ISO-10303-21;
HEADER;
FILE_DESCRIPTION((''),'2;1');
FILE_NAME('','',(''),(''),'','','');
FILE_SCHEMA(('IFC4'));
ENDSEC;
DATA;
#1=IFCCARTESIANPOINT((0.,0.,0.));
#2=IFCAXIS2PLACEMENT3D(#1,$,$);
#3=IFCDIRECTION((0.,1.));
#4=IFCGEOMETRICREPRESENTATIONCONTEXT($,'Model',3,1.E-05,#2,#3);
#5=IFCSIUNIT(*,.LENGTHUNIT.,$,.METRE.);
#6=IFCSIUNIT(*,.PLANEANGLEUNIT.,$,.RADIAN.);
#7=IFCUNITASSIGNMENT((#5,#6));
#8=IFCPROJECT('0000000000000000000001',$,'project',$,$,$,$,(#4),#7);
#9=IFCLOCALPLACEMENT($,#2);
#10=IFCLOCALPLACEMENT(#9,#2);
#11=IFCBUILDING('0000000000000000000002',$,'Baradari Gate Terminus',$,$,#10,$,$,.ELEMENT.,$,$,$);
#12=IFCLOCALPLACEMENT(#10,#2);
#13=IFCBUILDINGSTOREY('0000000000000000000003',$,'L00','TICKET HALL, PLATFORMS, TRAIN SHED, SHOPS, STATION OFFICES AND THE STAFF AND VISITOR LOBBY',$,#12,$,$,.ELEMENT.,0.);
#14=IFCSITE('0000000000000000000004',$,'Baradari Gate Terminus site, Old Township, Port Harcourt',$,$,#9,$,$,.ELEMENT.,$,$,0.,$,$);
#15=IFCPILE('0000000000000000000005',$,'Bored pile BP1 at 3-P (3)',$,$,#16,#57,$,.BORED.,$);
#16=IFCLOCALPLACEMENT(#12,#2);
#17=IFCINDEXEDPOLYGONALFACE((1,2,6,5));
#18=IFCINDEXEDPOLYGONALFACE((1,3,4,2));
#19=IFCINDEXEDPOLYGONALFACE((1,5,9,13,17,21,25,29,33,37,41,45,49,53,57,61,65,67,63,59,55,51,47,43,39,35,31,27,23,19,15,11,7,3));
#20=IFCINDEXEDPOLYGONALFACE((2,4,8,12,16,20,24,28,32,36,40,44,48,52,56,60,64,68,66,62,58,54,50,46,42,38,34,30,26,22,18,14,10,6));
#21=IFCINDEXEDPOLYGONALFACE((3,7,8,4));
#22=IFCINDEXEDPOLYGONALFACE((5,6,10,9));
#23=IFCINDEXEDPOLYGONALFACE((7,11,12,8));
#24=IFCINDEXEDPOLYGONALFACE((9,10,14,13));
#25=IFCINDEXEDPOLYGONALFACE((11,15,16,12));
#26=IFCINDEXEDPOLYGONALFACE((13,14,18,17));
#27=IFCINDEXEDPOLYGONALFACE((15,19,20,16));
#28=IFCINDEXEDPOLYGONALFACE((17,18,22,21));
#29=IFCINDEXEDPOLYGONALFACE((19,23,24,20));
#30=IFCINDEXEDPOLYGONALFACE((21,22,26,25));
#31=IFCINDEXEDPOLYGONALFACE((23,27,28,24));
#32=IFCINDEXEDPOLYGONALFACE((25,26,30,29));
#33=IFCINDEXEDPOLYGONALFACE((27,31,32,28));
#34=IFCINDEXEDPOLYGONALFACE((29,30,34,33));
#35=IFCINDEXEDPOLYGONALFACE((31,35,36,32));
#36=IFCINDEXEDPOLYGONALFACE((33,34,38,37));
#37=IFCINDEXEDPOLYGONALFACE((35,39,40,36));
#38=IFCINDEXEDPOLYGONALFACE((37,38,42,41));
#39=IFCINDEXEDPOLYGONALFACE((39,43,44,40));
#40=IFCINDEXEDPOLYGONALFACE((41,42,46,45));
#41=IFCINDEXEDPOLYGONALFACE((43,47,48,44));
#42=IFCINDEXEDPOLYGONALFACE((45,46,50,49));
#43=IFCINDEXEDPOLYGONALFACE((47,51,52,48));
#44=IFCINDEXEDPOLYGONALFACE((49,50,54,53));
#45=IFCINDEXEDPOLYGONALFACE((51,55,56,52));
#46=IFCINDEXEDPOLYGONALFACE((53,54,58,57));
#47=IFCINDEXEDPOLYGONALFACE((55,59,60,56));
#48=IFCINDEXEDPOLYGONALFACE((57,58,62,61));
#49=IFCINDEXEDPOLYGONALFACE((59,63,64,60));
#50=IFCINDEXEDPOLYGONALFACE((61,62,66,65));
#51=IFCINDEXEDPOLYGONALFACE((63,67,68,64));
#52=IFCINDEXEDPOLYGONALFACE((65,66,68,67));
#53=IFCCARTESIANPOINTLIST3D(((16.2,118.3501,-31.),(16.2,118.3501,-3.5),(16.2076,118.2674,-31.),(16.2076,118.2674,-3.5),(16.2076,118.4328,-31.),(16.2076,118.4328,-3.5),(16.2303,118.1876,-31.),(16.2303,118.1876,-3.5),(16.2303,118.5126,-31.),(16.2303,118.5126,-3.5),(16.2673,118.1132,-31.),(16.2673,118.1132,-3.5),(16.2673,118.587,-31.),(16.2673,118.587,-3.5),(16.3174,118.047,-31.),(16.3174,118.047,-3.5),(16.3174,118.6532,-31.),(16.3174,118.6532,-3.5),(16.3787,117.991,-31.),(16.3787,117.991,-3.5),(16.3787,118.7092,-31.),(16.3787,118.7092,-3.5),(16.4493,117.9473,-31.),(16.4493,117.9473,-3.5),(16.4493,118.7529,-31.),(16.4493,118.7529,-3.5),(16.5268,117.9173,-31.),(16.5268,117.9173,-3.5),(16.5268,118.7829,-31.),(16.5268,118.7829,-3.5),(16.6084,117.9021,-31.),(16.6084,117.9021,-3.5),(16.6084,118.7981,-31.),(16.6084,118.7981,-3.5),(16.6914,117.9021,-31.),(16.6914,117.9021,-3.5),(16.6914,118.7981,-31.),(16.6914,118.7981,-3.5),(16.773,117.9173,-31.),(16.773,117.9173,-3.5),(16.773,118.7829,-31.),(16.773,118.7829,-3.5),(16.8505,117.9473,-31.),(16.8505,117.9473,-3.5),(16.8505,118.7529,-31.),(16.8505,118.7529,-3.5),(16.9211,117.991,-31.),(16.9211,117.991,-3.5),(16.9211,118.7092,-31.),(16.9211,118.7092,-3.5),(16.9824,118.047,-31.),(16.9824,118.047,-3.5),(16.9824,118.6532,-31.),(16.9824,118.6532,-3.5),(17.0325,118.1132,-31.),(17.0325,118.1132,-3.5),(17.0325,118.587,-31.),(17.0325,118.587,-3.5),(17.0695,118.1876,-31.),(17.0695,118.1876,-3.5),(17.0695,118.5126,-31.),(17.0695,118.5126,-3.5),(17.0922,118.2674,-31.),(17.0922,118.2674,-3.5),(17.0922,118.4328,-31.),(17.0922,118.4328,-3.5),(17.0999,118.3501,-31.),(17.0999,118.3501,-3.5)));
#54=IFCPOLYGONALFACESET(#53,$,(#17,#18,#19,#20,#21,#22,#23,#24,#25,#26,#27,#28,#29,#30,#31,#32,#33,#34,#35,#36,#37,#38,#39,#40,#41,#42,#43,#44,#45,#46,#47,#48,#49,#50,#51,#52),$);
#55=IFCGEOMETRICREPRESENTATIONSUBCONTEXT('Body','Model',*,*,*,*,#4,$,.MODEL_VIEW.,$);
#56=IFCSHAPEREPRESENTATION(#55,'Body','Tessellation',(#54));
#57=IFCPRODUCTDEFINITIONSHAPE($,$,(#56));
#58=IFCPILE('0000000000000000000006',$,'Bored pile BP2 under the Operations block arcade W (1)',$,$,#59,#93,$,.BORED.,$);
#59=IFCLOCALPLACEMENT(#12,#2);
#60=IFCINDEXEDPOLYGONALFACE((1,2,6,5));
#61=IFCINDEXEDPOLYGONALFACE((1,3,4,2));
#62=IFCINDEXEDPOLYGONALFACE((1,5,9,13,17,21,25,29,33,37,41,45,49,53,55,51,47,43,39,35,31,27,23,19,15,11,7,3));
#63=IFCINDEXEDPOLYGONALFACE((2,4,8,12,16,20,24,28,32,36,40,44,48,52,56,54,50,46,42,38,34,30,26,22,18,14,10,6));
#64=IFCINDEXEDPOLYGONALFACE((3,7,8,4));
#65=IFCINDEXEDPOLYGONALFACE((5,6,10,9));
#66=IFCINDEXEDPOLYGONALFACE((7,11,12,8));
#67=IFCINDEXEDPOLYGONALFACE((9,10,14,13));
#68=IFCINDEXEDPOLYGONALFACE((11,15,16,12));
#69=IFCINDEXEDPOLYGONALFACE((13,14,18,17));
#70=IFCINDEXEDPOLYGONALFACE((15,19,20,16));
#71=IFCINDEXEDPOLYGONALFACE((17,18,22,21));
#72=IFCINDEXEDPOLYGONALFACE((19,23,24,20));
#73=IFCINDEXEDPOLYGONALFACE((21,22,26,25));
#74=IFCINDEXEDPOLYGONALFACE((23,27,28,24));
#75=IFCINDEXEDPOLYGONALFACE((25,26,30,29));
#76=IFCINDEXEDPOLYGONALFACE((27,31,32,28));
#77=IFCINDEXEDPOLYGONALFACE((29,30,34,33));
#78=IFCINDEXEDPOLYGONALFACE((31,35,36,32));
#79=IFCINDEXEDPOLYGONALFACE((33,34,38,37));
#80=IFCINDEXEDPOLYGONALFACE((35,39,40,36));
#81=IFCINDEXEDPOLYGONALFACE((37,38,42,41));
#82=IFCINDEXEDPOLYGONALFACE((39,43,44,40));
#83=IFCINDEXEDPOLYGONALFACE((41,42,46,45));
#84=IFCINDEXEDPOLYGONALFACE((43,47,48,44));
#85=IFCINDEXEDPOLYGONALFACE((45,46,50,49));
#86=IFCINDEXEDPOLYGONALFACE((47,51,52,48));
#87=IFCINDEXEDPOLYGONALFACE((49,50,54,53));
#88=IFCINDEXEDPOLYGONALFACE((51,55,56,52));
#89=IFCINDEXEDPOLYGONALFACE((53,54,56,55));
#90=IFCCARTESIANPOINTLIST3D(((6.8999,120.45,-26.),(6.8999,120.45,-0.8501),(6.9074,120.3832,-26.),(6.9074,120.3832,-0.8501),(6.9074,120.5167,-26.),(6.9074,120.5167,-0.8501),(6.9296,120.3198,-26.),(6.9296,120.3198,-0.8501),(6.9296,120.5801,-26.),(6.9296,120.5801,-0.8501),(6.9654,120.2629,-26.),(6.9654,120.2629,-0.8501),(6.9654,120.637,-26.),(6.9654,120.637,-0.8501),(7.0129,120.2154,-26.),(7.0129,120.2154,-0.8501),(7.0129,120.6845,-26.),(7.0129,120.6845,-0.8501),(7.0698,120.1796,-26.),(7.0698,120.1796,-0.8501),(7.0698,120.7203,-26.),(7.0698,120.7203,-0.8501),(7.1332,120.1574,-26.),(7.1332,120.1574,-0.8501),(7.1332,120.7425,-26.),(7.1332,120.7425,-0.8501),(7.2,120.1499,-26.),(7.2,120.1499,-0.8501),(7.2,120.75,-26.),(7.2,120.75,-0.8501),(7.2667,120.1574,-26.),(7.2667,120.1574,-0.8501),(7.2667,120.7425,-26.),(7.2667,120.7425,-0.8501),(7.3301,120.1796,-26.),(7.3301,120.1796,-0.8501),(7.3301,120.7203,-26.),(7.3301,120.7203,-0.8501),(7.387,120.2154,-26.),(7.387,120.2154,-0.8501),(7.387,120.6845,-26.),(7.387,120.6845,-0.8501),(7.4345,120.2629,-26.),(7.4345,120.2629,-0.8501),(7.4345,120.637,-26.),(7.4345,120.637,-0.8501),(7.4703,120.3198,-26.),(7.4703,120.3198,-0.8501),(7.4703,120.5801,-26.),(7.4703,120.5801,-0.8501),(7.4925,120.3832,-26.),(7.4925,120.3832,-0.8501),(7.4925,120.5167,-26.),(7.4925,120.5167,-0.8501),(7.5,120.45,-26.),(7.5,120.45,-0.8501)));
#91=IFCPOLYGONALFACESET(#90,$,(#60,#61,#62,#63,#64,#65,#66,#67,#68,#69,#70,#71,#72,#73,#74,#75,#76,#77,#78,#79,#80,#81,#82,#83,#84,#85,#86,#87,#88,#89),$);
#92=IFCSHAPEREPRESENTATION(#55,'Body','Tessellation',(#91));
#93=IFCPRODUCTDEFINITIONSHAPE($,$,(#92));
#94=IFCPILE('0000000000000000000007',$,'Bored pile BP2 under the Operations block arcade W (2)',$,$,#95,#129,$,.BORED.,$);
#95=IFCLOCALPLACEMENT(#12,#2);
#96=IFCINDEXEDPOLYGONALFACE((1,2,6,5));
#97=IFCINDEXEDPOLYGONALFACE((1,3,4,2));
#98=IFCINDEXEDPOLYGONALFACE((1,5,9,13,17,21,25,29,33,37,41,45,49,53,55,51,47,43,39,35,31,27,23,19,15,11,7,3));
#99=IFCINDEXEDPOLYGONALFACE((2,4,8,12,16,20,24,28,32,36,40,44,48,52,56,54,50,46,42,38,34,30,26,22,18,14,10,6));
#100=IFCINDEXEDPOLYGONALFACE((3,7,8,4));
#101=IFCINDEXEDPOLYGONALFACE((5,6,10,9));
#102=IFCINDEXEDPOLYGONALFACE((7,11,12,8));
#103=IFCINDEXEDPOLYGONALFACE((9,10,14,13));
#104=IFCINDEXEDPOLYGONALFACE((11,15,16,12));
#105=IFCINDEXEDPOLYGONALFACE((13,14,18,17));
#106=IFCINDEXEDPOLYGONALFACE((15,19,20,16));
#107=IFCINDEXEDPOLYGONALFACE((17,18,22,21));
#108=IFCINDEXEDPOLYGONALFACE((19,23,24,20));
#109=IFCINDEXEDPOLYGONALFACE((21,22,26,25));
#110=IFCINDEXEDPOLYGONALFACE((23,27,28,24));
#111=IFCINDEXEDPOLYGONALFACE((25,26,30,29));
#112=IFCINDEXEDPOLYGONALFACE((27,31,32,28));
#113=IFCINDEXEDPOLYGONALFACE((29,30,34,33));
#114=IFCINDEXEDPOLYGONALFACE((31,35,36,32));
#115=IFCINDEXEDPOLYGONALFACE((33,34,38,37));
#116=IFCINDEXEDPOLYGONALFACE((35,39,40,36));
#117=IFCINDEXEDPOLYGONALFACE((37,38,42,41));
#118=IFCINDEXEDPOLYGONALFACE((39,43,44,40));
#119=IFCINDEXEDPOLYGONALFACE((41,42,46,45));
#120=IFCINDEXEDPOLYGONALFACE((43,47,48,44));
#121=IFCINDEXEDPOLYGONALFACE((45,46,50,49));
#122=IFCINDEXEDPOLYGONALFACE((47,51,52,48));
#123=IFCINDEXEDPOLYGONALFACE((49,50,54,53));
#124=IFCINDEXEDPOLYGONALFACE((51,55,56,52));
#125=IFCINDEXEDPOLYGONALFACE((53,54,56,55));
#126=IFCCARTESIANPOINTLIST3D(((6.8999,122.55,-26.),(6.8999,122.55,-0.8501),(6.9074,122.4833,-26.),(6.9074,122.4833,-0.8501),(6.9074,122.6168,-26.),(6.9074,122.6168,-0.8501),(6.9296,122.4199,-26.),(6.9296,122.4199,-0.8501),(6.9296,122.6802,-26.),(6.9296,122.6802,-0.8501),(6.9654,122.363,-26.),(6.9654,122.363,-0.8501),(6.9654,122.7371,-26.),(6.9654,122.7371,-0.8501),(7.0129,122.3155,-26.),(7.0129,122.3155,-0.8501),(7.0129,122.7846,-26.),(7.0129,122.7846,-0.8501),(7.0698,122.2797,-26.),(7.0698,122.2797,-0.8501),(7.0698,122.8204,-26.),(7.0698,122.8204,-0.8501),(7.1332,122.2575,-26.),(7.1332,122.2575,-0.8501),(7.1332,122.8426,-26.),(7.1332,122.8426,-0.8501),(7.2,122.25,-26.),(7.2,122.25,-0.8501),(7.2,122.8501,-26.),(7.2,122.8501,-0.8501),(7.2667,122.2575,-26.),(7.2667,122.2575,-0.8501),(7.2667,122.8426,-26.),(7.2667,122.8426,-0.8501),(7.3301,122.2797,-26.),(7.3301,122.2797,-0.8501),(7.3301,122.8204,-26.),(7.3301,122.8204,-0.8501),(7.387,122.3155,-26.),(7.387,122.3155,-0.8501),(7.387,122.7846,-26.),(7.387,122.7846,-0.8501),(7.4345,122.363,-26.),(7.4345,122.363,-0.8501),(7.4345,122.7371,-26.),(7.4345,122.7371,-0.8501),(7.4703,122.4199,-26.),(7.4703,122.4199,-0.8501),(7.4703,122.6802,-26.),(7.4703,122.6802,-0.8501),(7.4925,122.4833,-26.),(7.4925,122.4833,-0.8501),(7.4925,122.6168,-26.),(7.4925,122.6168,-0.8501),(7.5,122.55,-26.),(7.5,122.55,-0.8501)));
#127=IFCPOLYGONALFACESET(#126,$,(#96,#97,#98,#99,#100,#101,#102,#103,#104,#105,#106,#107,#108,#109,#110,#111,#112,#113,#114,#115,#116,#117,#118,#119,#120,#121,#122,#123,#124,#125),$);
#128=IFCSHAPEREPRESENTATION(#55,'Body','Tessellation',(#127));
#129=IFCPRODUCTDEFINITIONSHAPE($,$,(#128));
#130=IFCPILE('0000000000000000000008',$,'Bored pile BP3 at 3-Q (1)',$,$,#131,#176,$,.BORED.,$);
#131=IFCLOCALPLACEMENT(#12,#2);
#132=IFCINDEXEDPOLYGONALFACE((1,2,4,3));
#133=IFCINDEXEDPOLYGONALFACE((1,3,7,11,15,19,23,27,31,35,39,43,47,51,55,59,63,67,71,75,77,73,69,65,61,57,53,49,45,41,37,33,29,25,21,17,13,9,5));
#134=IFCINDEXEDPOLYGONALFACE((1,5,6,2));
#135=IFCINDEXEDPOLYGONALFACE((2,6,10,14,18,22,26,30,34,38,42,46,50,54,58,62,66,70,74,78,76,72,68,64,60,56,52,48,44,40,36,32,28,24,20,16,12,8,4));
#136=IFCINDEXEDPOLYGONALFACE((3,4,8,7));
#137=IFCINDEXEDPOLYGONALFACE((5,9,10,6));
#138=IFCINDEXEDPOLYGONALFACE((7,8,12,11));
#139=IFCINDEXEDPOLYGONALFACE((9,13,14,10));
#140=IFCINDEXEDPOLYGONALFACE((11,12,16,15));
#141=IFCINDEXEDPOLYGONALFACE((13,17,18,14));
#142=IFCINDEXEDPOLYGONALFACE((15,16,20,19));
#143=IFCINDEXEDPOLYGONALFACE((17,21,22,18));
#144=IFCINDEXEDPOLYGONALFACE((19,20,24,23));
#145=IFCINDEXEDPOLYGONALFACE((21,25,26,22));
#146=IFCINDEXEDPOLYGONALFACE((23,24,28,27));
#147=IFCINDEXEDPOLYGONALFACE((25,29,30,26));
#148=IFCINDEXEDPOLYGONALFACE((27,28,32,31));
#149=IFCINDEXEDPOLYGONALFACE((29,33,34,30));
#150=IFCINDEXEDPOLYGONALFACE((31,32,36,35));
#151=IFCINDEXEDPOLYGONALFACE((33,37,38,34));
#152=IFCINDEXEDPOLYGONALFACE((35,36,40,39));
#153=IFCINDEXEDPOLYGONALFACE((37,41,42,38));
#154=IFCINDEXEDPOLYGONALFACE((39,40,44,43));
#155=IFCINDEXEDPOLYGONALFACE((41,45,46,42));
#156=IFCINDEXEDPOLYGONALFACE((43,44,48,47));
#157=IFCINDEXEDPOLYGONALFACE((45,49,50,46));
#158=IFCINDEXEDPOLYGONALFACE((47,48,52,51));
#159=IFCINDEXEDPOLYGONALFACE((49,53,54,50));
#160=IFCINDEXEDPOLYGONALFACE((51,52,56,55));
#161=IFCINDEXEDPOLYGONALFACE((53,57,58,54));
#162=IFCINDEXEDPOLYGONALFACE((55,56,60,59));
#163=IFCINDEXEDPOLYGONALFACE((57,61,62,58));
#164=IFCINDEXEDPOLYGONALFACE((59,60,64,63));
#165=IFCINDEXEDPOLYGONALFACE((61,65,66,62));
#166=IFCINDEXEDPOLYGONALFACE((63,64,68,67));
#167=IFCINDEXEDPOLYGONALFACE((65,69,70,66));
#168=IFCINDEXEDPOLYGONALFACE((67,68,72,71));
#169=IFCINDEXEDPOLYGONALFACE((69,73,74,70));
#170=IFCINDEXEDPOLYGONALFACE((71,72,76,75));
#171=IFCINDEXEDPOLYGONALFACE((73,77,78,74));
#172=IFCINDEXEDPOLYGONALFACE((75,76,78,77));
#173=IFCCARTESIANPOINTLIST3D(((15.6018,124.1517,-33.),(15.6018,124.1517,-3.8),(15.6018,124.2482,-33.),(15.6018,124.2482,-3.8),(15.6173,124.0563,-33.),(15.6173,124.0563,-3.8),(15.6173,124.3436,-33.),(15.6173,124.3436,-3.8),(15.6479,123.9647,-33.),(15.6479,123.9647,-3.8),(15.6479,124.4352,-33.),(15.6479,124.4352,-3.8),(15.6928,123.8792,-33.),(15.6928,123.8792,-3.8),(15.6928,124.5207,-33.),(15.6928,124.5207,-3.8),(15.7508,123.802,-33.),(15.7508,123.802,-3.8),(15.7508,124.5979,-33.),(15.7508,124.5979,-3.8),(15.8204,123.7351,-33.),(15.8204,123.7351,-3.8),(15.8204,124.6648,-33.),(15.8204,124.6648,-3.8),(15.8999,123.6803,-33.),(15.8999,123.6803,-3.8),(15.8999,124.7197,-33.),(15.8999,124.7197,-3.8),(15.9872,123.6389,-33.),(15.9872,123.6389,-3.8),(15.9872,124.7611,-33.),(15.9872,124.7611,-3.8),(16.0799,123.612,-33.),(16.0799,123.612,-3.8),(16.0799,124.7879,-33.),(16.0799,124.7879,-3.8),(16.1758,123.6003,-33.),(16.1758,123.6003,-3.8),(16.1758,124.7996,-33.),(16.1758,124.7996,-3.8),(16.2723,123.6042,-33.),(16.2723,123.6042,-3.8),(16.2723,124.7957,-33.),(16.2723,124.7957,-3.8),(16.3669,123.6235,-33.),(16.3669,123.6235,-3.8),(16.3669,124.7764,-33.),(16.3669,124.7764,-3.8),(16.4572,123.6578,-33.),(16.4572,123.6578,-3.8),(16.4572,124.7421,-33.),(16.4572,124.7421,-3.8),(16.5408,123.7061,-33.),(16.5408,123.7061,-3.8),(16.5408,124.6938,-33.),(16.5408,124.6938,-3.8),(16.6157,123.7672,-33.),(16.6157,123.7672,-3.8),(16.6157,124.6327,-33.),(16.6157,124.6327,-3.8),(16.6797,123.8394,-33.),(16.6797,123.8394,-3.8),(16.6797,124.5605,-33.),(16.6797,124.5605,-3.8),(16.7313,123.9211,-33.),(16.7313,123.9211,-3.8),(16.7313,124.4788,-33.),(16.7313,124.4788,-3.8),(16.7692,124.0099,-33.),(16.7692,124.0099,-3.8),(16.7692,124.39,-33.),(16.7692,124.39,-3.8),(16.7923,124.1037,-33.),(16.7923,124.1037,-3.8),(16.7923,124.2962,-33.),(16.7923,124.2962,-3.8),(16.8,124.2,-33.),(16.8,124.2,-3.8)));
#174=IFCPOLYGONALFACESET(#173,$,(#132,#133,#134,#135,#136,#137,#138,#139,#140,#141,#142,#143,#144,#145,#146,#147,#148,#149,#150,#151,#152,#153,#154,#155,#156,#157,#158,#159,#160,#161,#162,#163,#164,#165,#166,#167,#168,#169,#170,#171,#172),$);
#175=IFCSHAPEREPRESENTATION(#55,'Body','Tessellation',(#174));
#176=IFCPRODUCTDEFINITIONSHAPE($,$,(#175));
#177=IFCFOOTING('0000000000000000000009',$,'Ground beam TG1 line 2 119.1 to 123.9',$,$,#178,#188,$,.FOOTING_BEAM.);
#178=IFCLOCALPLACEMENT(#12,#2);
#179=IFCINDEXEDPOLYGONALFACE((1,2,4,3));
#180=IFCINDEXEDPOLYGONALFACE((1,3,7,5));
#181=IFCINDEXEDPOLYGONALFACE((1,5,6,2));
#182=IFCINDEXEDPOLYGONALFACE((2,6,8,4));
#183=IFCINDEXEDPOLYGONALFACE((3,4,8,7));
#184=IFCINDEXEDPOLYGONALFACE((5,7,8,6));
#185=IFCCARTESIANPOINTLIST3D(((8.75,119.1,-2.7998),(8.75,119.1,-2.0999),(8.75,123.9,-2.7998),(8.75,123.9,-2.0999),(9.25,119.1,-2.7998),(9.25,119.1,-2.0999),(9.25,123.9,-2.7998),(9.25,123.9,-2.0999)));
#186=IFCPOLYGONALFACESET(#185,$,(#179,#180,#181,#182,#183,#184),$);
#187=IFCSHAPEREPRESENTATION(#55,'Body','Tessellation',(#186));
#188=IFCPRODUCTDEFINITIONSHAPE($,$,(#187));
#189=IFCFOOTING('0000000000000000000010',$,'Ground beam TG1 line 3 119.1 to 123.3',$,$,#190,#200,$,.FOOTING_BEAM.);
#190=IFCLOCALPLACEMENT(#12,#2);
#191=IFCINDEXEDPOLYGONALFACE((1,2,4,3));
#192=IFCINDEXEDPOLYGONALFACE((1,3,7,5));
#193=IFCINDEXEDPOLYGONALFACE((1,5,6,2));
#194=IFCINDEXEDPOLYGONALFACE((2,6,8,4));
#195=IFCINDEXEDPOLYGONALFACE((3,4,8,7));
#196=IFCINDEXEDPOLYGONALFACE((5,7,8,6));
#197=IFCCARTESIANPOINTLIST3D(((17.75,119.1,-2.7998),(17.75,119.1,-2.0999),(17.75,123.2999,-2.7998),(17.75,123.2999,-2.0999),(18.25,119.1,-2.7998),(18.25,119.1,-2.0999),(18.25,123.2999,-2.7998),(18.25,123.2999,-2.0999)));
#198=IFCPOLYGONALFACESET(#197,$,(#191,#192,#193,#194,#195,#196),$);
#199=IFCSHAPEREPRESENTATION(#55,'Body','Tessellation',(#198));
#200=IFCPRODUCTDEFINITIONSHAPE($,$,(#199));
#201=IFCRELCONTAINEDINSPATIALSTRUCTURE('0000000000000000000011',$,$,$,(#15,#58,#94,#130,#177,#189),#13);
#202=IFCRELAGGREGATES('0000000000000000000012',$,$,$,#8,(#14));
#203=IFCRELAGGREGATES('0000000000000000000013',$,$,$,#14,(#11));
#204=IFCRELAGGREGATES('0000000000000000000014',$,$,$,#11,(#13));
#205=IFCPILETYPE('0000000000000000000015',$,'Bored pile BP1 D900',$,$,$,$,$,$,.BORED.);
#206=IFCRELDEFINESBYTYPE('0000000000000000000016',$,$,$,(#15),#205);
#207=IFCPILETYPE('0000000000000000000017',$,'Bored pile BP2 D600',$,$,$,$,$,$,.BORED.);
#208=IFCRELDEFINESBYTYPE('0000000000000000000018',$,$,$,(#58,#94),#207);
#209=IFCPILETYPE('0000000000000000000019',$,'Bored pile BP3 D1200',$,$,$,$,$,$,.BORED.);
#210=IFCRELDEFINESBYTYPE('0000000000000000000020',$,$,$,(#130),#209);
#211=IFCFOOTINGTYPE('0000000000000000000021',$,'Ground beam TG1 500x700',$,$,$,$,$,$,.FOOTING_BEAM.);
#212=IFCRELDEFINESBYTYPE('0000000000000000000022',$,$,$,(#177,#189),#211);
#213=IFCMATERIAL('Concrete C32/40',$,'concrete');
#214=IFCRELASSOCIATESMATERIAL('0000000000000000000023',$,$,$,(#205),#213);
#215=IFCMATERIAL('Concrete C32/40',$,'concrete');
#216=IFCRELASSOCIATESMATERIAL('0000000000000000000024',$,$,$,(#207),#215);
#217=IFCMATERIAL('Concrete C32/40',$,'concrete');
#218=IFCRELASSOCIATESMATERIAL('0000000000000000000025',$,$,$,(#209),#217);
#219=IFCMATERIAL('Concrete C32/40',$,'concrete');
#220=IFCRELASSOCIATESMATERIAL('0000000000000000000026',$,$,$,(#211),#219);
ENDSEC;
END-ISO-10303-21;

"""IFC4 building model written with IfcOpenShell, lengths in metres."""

from ifc_helpers import new_model, si_unit, direction, frame, origin, origin_2d, place, context, subcontext, project, spatial, rectangle, circle, extrude, material, type_object, element, save


model = new_model("IFC4")

# Units and contexts
model_context = context("Model", 3, precision=1e-05, world=origin(), true_north=direction((0.0, 1.0)))
body_context = subcontext(model_context, "Body", "Model", "MODEL_VIEW")
ifc_project = project(units=[si_unit("LENGTHUNIT", "METRE"), si_unit("PLANEANGLEUNIT", "RADIAN")], contexts=[model_context])

# Site, building, storey
site_placement = place(None, origin())
site = spatial("IfcSite", under=ifc_project, at=site_placement, Name="Baradari Gate Terminus site, Old Township, Port Harcourt", CompositionType="ELEMENT", RefElevation=0.0)
building_placement = place(site_placement, origin())
building = spatial("IfcBuilding", under=site, at=building_placement, Name="Baradari Gate Terminus", CompositionType="ELEMENT")
storey_placement = place(building_placement, origin())
storey = spatial("IfcBuildingStorey", under=building, at=storey_placement, Name="L00", Description="TICKET HALL, PLATFORMS, TRAIN SHED, SHOPS, STATION OFFICES AND THE STAFF AND VISITOR LOBBY", CompositionType="ELEMENT", Elevation=0.0)

# Piles
ifc_material_1 = material(Name="Concrete C32/40", Category="concrete")
pile_type_1 = type_object("IfcPileType", Name="Bored pile BP1 D900", PredefinedType="BORED", material=ifc_material_1)
for number, where, z_axis, x_axis, name in (
    (1, (16.6499, 118.3501, -3.5), (0.0, 0.0, -1.0), (1.0, 0.0, 0.0), "Bored pile BP1 at 3-P (3)"),
):
    element("IfcPile", number, at=place(storey_placement, frame(where, z_axis=z_axis, x_axis=x_axis)), inside=storey, type_object=pile_type_1, Name=name, PredefinedType="BORED", context=body_context, shape_type="SweptSolid", body=[
        extrude(circle(Radius=0.45, at=origin_2d()), origin(), (0.0, 0.0, 1.0), 27.5),
    ])
ifc_material_2 = material(Name="Concrete C32/40", Category="concrete")
pile_type_2 = type_object("IfcPileType", Name="Bored pile BP2 D600", PredefinedType="BORED", material=ifc_material_2)
for number, where, z_axis, x_axis, name in (
    (2, (7.2, 120.45, -0.8501), (0.0, 0.0, -1.0), (1.0, 0.0, 0.0), "Bored pile BP2 under the Operations block arcade W (1)"),
    (3, (7.2, 122.55, -0.8501), (0.0, 0.0, -1.0), (1.0, 0.0, 0.0), "Bored pile BP2 under the Operations block arcade W (2)"),
):
    element("IfcPile", number, at=place(storey_placement, frame(where, z_axis=z_axis, x_axis=x_axis)), inside=storey, type_object=pile_type_2, Name=name, PredefinedType="BORED", context=body_context, shape_type="SweptSolid", body=[
        extrude(circle(Radius=0.3, at=origin_2d()), origin(), (0.0, 0.0, 1.0), 25.1499),
    ])
ifc_material_3 = material(Name="Concrete C32/40", Category="concrete")
pile_type_3 = type_object("IfcPileType", Name="Bored pile BP3 D1200", PredefinedType="BORED", material=ifc_material_3)
pile_placement = place(storey_placement, frame((16.2, 124.2, -3.8), z_axis=(0.0, 0.0, -1.0), x_axis=(1.0, 0.0, 0.0)))
element("IfcPile", 4, at=pile_placement, inside=storey, type_object=pile_type_3, Name="Bored pile BP3 at 3-Q (1)", PredefinedType="BORED", context=body_context, shape_type="SweptSolid", body=[
    extrude(circle(Radius=0.6001, at=origin_2d()), origin(), (0.0, 0.0, 1.0), 29.2),
])

# Footings
ifc_material_4 = material(Name="Concrete C32/40", Category="concrete")
footing_type_1 = type_object("IfcFootingType", Name="Ground beam TG1 500x700", PredefinedType="FOOTING_BEAM", material=ifc_material_4)
footing_1_placement = place(storey_placement, frame((9.0, 121.5, -2.7998), z_axis=(0.0, 0.0, 1.0), x_axis=(1.0, 0.0, 0.0)))
element("IfcFooting", 5, at=footing_1_placement, inside=storey, type_object=footing_type_1, Name="Ground beam TG1 line 2 119.1 to 123.9", PredefinedType="FOOTING_BEAM", context=body_context, shape_type="SweptSolid", body=[
    extrude(rectangle(XDim=0.5, YDim=4.8, at=origin_2d()), origin(), (0.0, 0.0, 1.0), 0.7),
])
footing_2_placement = place(storey_placement, frame((18.0, 121.2, -2.7998), z_axis=(0.0, 0.0, 1.0), x_axis=(1.0, 0.0, 0.0)))
element("IfcFooting", 6, at=footing_2_placement, inside=storey, type_object=footing_type_1, Name="Ground beam TG1 line 3 119.1 to 123.3", PredefinedType="FOOTING_BEAM", context=body_context, shape_type="SweptSolid", body=[
    extrude(rectangle(XDim=0.5, YDim=4.2, at=origin_2d()), origin(), (0.0, 0.0, 1.0), 0.7),
])

save(model, "model.ifc")
